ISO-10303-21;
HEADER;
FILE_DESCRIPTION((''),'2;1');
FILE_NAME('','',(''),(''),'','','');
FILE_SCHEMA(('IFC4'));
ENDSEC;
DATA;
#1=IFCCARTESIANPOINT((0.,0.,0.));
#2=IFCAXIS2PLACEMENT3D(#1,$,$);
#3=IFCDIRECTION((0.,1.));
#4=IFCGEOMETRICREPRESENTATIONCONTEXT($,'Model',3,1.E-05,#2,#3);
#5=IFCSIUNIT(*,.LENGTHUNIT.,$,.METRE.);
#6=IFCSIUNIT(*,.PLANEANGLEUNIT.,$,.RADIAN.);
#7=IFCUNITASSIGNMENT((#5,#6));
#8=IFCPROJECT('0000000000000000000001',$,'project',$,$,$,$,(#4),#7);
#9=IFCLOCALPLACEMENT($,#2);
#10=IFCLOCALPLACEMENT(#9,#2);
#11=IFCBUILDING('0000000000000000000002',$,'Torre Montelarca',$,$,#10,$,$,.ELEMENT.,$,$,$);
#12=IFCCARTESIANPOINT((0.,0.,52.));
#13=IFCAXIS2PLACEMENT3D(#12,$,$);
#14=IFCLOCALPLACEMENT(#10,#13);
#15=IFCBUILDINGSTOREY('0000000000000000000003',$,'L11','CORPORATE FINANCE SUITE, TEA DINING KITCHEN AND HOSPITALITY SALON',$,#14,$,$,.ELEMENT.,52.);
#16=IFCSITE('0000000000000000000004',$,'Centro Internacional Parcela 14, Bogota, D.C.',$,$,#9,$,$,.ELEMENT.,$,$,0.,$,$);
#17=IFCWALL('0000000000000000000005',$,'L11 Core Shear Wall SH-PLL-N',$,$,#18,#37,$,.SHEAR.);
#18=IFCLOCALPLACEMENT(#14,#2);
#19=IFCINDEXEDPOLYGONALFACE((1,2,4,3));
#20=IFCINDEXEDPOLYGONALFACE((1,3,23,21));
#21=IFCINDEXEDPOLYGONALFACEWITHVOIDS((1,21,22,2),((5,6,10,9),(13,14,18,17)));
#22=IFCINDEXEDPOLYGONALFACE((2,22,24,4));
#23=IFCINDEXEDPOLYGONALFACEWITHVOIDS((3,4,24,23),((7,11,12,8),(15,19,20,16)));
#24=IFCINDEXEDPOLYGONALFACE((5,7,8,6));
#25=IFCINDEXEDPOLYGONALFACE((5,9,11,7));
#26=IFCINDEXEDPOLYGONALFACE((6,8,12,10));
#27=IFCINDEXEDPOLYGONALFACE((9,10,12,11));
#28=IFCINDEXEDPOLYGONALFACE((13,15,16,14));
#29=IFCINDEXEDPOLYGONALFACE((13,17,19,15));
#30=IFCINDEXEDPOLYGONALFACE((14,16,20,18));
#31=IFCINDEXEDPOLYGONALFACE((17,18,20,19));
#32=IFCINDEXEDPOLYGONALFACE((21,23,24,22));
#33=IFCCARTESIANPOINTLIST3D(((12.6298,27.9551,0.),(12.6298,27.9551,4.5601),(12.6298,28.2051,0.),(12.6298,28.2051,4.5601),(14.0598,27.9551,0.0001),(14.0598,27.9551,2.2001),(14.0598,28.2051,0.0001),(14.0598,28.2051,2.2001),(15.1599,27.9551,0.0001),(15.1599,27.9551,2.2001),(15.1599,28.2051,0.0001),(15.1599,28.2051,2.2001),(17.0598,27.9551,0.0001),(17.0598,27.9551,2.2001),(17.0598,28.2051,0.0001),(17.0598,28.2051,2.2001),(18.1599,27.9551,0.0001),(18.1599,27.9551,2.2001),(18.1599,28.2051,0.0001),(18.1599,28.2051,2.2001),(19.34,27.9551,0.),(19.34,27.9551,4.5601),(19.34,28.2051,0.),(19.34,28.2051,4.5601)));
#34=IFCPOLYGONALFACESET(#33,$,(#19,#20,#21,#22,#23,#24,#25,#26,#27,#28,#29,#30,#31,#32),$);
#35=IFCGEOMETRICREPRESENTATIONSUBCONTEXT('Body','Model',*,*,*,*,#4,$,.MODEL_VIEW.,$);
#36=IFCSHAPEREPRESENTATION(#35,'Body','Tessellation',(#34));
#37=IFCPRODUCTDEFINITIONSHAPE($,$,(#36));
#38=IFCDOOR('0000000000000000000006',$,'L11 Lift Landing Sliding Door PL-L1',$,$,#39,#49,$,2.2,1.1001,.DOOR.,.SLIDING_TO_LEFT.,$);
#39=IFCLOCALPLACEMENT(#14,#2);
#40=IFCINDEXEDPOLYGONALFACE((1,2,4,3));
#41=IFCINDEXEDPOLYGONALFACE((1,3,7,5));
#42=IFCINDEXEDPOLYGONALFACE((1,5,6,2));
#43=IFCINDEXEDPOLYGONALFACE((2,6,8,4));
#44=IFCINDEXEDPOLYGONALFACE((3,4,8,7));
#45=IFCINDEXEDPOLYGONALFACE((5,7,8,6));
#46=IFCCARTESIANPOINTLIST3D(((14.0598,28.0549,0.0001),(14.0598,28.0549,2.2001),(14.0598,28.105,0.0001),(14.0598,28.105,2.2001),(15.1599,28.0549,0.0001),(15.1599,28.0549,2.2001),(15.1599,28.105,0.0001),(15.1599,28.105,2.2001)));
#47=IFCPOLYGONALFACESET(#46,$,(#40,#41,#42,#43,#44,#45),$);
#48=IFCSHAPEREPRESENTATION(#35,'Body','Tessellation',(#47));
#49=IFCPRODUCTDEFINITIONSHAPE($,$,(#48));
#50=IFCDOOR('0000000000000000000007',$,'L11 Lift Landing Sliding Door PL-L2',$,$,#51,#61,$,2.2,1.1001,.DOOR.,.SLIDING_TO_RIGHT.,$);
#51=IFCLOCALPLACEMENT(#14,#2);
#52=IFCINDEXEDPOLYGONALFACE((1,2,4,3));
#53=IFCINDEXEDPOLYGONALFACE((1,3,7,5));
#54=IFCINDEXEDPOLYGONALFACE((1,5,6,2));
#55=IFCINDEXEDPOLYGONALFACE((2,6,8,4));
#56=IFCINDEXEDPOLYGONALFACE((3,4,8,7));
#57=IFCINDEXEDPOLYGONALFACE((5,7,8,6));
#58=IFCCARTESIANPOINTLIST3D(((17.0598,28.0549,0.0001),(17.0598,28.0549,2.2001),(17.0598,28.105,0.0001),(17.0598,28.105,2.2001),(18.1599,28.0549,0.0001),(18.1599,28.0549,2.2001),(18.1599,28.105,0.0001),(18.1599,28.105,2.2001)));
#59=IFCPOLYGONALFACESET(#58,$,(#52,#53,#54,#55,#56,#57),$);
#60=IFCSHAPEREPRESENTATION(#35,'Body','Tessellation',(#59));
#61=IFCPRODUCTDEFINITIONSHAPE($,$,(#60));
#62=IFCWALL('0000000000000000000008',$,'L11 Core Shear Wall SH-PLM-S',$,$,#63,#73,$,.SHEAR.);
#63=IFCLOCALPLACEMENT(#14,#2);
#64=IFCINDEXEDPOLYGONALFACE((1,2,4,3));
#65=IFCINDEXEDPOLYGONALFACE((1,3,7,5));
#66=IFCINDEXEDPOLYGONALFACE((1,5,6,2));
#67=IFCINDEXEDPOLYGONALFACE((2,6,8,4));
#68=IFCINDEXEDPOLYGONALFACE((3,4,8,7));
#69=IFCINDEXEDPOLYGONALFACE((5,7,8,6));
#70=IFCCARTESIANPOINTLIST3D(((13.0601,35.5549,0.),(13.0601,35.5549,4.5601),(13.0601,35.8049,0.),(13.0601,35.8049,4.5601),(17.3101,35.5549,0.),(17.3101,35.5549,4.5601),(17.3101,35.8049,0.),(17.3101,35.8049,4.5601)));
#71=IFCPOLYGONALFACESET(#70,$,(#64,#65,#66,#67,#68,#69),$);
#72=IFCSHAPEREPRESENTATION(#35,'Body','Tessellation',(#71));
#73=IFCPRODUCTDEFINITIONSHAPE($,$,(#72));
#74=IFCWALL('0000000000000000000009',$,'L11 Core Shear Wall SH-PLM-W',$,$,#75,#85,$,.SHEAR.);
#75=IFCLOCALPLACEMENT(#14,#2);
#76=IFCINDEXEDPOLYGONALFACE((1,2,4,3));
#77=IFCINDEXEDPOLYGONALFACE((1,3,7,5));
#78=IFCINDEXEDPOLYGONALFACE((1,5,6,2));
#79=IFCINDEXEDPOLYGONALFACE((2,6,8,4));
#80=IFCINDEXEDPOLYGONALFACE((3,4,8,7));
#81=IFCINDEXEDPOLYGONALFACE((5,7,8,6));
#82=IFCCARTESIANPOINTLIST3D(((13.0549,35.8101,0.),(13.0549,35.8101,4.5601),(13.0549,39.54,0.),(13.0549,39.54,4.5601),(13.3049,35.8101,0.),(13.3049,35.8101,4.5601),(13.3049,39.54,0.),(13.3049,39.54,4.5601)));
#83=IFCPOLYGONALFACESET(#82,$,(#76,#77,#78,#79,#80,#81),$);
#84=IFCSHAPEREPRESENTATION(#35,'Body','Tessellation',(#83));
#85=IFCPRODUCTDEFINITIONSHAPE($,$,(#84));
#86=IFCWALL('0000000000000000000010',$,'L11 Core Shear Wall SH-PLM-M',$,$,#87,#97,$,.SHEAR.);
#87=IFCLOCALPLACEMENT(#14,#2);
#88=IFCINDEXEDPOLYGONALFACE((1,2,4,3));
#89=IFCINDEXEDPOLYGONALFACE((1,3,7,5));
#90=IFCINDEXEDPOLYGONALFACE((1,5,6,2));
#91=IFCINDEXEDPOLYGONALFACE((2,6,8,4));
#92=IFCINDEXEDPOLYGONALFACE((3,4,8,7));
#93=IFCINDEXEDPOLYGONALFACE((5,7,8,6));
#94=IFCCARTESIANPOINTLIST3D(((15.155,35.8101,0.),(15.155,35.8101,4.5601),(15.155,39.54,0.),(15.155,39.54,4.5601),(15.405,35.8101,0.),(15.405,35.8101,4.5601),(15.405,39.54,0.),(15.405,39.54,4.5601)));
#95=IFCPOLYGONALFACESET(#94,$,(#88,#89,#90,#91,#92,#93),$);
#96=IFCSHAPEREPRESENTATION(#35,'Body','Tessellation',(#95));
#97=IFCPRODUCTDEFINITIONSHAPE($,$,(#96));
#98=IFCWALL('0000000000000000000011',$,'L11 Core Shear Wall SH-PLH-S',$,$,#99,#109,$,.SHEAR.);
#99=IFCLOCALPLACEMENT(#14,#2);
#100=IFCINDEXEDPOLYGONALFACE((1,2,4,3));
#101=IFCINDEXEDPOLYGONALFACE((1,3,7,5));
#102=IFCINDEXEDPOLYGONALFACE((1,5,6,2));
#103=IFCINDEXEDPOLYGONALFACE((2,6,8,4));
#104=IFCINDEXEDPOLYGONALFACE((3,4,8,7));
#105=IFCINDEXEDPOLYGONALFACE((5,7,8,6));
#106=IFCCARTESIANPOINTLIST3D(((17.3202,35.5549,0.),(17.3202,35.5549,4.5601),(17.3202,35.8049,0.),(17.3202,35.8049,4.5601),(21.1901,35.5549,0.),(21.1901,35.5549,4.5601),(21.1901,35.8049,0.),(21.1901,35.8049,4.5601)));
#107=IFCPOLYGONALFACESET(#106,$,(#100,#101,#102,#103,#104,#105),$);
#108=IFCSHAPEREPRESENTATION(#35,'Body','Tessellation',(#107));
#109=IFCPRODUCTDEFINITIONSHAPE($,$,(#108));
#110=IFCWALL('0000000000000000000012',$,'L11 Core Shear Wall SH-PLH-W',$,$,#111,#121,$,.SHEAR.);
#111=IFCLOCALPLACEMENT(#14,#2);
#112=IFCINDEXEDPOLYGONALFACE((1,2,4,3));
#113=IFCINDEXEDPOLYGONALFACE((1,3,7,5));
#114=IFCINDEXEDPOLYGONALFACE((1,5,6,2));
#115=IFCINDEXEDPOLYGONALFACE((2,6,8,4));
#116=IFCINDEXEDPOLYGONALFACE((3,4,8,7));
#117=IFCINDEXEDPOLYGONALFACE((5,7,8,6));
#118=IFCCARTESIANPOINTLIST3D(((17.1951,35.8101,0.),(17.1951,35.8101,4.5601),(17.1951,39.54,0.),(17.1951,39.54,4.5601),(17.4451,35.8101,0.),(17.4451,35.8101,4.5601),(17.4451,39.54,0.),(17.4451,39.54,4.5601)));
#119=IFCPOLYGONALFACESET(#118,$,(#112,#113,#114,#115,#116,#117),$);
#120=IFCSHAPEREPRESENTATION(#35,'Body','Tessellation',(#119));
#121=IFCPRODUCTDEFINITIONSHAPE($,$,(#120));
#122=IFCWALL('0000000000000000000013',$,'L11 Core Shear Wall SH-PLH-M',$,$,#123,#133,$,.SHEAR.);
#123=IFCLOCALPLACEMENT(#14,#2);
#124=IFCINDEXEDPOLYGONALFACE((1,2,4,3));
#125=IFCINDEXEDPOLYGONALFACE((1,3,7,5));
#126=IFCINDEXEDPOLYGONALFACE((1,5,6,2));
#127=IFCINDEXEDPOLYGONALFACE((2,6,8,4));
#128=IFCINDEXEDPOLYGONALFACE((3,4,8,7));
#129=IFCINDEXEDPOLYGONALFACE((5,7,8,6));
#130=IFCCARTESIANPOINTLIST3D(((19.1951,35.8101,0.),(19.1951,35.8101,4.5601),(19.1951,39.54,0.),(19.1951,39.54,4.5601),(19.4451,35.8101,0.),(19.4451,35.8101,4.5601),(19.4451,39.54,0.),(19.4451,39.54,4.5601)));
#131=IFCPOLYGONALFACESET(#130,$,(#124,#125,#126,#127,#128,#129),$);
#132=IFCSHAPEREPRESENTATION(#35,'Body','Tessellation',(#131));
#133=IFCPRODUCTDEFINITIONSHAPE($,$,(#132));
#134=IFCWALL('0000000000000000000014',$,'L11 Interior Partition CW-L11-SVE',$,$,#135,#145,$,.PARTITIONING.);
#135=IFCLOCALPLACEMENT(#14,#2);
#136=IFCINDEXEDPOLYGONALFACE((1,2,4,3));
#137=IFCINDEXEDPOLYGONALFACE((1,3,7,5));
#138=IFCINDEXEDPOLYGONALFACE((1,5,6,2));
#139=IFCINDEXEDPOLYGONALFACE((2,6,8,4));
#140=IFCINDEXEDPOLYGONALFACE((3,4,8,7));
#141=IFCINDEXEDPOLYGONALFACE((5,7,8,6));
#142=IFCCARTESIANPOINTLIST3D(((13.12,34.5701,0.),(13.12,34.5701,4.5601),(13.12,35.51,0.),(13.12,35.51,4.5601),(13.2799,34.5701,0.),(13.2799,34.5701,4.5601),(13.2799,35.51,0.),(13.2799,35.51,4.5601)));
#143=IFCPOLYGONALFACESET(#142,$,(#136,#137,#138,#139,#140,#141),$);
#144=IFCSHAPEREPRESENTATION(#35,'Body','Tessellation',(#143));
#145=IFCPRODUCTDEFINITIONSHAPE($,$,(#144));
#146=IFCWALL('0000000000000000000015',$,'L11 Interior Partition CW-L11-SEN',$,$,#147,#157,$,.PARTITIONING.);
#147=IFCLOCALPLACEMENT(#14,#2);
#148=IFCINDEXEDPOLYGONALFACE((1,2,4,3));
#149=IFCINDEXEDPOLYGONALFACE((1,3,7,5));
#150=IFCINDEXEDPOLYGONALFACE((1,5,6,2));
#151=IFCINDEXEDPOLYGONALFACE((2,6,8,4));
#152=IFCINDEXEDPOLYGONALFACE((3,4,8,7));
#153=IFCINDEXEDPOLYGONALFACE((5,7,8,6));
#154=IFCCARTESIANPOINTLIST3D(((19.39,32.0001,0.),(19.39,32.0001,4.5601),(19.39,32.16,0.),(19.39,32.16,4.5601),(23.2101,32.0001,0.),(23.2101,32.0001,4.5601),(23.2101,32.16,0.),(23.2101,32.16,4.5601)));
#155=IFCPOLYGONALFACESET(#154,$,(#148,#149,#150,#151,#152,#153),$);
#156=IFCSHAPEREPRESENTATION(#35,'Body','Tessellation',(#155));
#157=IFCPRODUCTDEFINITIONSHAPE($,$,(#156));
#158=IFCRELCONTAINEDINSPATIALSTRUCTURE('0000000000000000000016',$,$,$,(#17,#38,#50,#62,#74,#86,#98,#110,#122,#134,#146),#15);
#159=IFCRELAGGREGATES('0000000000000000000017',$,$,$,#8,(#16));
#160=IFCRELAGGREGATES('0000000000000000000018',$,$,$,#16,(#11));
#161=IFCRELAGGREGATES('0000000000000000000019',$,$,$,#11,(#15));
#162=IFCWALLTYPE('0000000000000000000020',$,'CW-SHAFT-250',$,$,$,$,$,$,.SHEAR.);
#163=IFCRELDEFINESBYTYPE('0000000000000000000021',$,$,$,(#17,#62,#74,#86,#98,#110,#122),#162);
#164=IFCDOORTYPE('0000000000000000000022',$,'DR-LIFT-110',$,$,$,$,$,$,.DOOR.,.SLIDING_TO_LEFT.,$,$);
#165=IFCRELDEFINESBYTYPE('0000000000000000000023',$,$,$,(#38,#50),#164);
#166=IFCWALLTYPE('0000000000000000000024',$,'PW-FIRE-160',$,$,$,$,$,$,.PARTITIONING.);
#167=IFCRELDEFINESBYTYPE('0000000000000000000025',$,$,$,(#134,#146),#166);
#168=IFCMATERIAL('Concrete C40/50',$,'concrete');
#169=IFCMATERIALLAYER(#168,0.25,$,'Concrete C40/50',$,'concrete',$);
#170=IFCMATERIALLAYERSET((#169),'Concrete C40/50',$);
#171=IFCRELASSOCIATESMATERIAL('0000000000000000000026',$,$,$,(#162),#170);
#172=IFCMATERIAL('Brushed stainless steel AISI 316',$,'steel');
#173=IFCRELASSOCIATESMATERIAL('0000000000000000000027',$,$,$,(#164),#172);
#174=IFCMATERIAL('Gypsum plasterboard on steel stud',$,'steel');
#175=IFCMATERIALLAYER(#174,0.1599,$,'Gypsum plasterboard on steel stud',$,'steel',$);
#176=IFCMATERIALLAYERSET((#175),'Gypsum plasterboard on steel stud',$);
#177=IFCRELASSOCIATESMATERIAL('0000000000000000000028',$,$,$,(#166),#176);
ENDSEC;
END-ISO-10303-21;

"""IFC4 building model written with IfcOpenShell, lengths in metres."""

from ifc_helpers import new_model, si_unit, direction, frame, frame_2d, origin, place, context, subcontext, project, spatial, rectangle, extrude, source, transform, mapped, material, layer, layer_set, type_object, element, fill, save


model = new_model("IFC4")

# Units and contexts
model_context = context("Model", 3, precision=1e-05, world=origin(), true_north=direction((0.0, 1.0)))
body_context = subcontext(model_context, "Body", "Model", "MODEL_VIEW")
ifc_project = project(units=[si_unit("LENGTHUNIT", "METRE"), si_unit("PLANEANGLEUNIT", "RADIAN")], contexts=[model_context])

# Site, building, storey
site_placement = place(None, origin())
site = spatial("IfcSite", under=ifc_project, at=site_placement, Name="Centro Internacional Parcela 14, Bogota, D.C.", CompositionType="ELEMENT", RefElevation=0.0)
building_placement = place(site_placement, origin())
building = spatial("IfcBuilding", under=site, at=building_placement, Name="Torre Montelarca", CompositionType="ELEMENT")
storey_placement = place(building_placement, frame((0.0, 0.0, 52.0)))
storey = spatial("IfcBuildingStorey", under=building, at=storey_placement, Name="L11", Description="CORPORATE FINANCE SUITE, TEA DINING KITCHEN AND HOSPITALITY SALON", CompositionType="ELEMENT", Elevation=52.0)

# Shared definitions
ifc_material_1 = material(Name="Concrete C40/50", Category="concrete")
ifc_layer_1 = layer(ifc_material_1, 0.25, Name="Concrete C40/50", Category="concrete")
ifc_layer_set_1 = layer_set([ifc_layer_1], Name="Concrete C40/50")
wall_type_1 = type_object("IfcWallType", Name="CW-SHAFT-250", PredefinedType="SHEAR", material=ifc_layer_set_1)

# Wall, openings, doors
ifc_material_2 = material(Name="Brushed stainless steel AISI 316", Category="steel")
wall_1_placement = place(storey_placement, frame((12.6299, 28.0801, 0.0), z_axis=(0.0, 0.0, 1.0), x_axis=(1.0, 0.0, 0.0)))
wall_1 = element("IfcWall", 1, at=wall_1_placement, inside=storey, type_object=wall_type_1, Name="L11 Core Shear Wall SH-PLL-N", PredefinedType="SHEAR", context=body_context, shape_type="SweptSolid", body=[
    extrude(rectangle(XDim=6.7102, YDim=0.25, at=frame_2d((3.355, 0.0))), origin(), (0.0, 0.0, 1.0), 4.5601),
])
opening_1_placement = place(wall_1_placement, frame((1.4299, 0.0, 0.0)))
opening_1 = element("IfcOpeningElement", 2, at=opening_1_placement, cuts=wall_1, PredefinedType="OPENING", context=body_context, shape_type="SweptSolid", body=[
    extrude(rectangle(XDim=1.1001, YDim=2.2, at=frame_2d((0.55, 1.1001))), frame((0.0, 0.135, 0.0), z_axis=(0.0, -1.0, 0.0), x_axis=(1.0, 0.0, 0.0)), (0.0, 0.0, 1.0), 0.27),
])
opening_2_placement = place(wall_1_placement, frame((4.4299, 0.0, 0.0)))
opening_2 = element("IfcOpeningElement", 3, at=opening_2_placement, cuts=wall_1, PredefinedType="OPENING", context=body_context, shape_type="SweptSolid", body=[
    extrude(rectangle(XDim=1.1001, YDim=2.2, at=frame_2d((0.55, 1.1001))), frame((0.0, 0.135, 0.0), z_axis=(0.0, -1.0, 0.0), x_axis=(1.0, 0.0, 0.0)), (0.0, 0.0, 1.0), 0.27),
])
door_type_1 = type_object("IfcDoorType", Name="DR-LIFT-110", OperationType="SLIDING_TO_LEFT", PredefinedType="DOOR", material=ifc_material_2)
shared_shape_1 = source(origin(), body_context, "Body", "SweptSolid", [
    extrude(rectangle(XDim=1.1001, YDim=2.2, at=frame_2d((0.55, 1.1001))), frame((0.0, 0.0249, 0.0), z_axis=(0.0, -1.0, 0.0), x_axis=(1.0, 0.0, 0.0)), (0.0, 0.0, 1.0), 0.05),
])
door_1_placement = place(opening_1_placement, origin())
door_1 = element("IfcDoor", 4, at=door_1_placement, inside=storey, type_object=door_type_1, Name="L11 Lift Landing Sliding Door PL-L1", OperationType="SLIDING_TO_LEFT", OverallHeight=2.2, OverallWidth=1.1001, PredefinedType="DOOR", context=body_context, shape_type="MappedRepresentation", body=[
    mapped(shared_shape_1, transform((0.0, 0.0, 0.0), scale=1.0)),
])
fill(opening_1, door_1)
door_2_placement = place(opening_2_placement, origin())
door_2 = element("IfcDoor", 5, at=door_2_placement, inside=storey, type_object=door_type_1, Name="L11 Lift Landing Sliding Door PL-L2", OperationType="SLIDING_TO_RIGHT", OverallHeight=2.2, OverallWidth=1.1001, PredefinedType="DOOR", context=body_context, shape_type="MappedRepresentation", body=[
    mapped(shared_shape_1, transform((0.0, 0.0, 0.0), scale=1.0)),
])
fill(opening_2, door_2)

# Walls
wall_2_placement = place(storey_placement, frame((13.0601, 35.6799, 0.0), z_axis=(0.0, 0.0, 1.0), x_axis=(1.0, 0.0, 0.0)))
element("IfcWall", 6, at=wall_2_placement, inside=storey, type_object=wall_type_1, Name="L11 Core Shear Wall SH-PLM-S", PredefinedType="SHEAR", context=body_context, shape_type="SweptSolid", body=[
    extrude(rectangle(XDim=4.25, YDim=0.25, at=frame_2d((2.125, 0.0))), origin(), (0.0, 0.0, 1.0), 4.5601),
])
for number, where, z_axis, x_axis, name in (
    (7, (13.1799, 35.8101, 0.0), (0.0, 0.0, 1.0), (0.0, 1.0, 0.0), "L11 Core Shear Wall SH-PLM-W"),
    (8, (15.28, 35.8101, 0.0), (0.0, 0.0, 1.0), (0.0, 1.0, 0.0), "L11 Core Shear Wall SH-PLM-M"),
):
    element("IfcWall", number, at=place(storey_placement, frame(where, z_axis=z_axis, x_axis=x_axis)), inside=storey, type_object=wall_type_1, Name=name, PredefinedType="SHEAR", context=body_context, shape_type="SweptSolid", body=[
        extrude(rectangle(XDim=3.73, YDim=0.25, at=frame_2d((1.865, 0.0))), origin(), (0.0, 0.0, 1.0), 4.5601),
    ])
wall_3_placement = place(storey_placement, frame((17.3201, 35.6799, 0.0), z_axis=(0.0, 0.0, 1.0), x_axis=(1.0, 0.0, 0.0)))
element("IfcWall", 9, at=wall_3_placement, inside=storey, type_object=wall_type_1, Name="L11 Core Shear Wall SH-PLH-S", PredefinedType="SHEAR", context=body_context, shape_type="SweptSolid", body=[
    extrude(rectangle(XDim=3.8699, YDim=0.25, at=frame_2d((1.9351, 0.0))), origin(), (0.0, 0.0, 1.0), 4.5601),
])
for number, where, z_axis, x_axis, name in (
    (10, (17.3201, 35.8101, 0.0), (0.0, 0.0, 1.0), (0.0, 1.0, 0.0), "L11 Core Shear Wall SH-PLH-W"),
    (11, (19.3201, 35.8101, 0.0), (0.0, 0.0, 1.0), (0.0, 1.0, 0.0), "L11 Core Shear Wall SH-PLH-M"),
):
    element("IfcWall", number, at=place(storey_placement, frame(where, z_axis=z_axis, x_axis=x_axis)), inside=storey, type_object=wall_type_1, Name=name, PredefinedType="SHEAR", context=body_context, shape_type="SweptSolid", body=[
        extrude(rectangle(XDim=3.73, YDim=0.25, at=frame_2d((1.865, 0.0))), origin(), (0.0, 0.0, 1.0), 4.5601),
    ])
ifc_material_3 = material(Name="Gypsum plasterboard on steel stud", Category="steel")
ifc_layer_2 = layer(ifc_material_3, 0.1599, Name="Gypsum plasterboard on steel stud", Category="steel")
ifc_layer_set_2 = layer_set([ifc_layer_2], Name="Gypsum plasterboard on steel stud")
wall_type_2 = type_object("IfcWallType", Name="PW-FIRE-160", PredefinedType="PARTITIONING", material=ifc_layer_set_2)
wall_4_placement = place(storey_placement, frame((13.2, 34.5701, 0.0), z_axis=(0.0, 0.0, 1.0), x_axis=(0.0, 1.0, 0.0)))
element("IfcWall", 12, at=wall_4_placement, inside=storey, type_object=wall_type_2, Name="L11 Interior Partition CW-L11-SVE", PredefinedType="PARTITIONING", context=body_context, shape_type="SweptSolid", body=[
    extrude(rectangle(XDim=0.9399, YDim=0.1599, at=frame_2d((0.47, 0.0))), origin(), (0.0, 0.0, 1.0), 4.5601),
])
wall_5_placement = place(storey_placement, frame((19.3899, 32.0801, 0.0), z_axis=(0.0, 0.0, 1.0), x_axis=(1.0, 0.0, 0.0)))
element("IfcWall", 13, at=wall_5_placement, inside=storey, type_object=wall_type_2, Name="L11 Interior Partition CW-L11-SEN", PredefinedType="PARTITIONING", context=body_context, shape_type="SweptSolid", body=[
    extrude(rectangle(XDim=3.8201, YDim=0.1599, at=frame_2d((1.9102, 0.0))), origin(), (0.0, 0.0, 1.0), 4.5601),
])

save(model, "model.ifc")
